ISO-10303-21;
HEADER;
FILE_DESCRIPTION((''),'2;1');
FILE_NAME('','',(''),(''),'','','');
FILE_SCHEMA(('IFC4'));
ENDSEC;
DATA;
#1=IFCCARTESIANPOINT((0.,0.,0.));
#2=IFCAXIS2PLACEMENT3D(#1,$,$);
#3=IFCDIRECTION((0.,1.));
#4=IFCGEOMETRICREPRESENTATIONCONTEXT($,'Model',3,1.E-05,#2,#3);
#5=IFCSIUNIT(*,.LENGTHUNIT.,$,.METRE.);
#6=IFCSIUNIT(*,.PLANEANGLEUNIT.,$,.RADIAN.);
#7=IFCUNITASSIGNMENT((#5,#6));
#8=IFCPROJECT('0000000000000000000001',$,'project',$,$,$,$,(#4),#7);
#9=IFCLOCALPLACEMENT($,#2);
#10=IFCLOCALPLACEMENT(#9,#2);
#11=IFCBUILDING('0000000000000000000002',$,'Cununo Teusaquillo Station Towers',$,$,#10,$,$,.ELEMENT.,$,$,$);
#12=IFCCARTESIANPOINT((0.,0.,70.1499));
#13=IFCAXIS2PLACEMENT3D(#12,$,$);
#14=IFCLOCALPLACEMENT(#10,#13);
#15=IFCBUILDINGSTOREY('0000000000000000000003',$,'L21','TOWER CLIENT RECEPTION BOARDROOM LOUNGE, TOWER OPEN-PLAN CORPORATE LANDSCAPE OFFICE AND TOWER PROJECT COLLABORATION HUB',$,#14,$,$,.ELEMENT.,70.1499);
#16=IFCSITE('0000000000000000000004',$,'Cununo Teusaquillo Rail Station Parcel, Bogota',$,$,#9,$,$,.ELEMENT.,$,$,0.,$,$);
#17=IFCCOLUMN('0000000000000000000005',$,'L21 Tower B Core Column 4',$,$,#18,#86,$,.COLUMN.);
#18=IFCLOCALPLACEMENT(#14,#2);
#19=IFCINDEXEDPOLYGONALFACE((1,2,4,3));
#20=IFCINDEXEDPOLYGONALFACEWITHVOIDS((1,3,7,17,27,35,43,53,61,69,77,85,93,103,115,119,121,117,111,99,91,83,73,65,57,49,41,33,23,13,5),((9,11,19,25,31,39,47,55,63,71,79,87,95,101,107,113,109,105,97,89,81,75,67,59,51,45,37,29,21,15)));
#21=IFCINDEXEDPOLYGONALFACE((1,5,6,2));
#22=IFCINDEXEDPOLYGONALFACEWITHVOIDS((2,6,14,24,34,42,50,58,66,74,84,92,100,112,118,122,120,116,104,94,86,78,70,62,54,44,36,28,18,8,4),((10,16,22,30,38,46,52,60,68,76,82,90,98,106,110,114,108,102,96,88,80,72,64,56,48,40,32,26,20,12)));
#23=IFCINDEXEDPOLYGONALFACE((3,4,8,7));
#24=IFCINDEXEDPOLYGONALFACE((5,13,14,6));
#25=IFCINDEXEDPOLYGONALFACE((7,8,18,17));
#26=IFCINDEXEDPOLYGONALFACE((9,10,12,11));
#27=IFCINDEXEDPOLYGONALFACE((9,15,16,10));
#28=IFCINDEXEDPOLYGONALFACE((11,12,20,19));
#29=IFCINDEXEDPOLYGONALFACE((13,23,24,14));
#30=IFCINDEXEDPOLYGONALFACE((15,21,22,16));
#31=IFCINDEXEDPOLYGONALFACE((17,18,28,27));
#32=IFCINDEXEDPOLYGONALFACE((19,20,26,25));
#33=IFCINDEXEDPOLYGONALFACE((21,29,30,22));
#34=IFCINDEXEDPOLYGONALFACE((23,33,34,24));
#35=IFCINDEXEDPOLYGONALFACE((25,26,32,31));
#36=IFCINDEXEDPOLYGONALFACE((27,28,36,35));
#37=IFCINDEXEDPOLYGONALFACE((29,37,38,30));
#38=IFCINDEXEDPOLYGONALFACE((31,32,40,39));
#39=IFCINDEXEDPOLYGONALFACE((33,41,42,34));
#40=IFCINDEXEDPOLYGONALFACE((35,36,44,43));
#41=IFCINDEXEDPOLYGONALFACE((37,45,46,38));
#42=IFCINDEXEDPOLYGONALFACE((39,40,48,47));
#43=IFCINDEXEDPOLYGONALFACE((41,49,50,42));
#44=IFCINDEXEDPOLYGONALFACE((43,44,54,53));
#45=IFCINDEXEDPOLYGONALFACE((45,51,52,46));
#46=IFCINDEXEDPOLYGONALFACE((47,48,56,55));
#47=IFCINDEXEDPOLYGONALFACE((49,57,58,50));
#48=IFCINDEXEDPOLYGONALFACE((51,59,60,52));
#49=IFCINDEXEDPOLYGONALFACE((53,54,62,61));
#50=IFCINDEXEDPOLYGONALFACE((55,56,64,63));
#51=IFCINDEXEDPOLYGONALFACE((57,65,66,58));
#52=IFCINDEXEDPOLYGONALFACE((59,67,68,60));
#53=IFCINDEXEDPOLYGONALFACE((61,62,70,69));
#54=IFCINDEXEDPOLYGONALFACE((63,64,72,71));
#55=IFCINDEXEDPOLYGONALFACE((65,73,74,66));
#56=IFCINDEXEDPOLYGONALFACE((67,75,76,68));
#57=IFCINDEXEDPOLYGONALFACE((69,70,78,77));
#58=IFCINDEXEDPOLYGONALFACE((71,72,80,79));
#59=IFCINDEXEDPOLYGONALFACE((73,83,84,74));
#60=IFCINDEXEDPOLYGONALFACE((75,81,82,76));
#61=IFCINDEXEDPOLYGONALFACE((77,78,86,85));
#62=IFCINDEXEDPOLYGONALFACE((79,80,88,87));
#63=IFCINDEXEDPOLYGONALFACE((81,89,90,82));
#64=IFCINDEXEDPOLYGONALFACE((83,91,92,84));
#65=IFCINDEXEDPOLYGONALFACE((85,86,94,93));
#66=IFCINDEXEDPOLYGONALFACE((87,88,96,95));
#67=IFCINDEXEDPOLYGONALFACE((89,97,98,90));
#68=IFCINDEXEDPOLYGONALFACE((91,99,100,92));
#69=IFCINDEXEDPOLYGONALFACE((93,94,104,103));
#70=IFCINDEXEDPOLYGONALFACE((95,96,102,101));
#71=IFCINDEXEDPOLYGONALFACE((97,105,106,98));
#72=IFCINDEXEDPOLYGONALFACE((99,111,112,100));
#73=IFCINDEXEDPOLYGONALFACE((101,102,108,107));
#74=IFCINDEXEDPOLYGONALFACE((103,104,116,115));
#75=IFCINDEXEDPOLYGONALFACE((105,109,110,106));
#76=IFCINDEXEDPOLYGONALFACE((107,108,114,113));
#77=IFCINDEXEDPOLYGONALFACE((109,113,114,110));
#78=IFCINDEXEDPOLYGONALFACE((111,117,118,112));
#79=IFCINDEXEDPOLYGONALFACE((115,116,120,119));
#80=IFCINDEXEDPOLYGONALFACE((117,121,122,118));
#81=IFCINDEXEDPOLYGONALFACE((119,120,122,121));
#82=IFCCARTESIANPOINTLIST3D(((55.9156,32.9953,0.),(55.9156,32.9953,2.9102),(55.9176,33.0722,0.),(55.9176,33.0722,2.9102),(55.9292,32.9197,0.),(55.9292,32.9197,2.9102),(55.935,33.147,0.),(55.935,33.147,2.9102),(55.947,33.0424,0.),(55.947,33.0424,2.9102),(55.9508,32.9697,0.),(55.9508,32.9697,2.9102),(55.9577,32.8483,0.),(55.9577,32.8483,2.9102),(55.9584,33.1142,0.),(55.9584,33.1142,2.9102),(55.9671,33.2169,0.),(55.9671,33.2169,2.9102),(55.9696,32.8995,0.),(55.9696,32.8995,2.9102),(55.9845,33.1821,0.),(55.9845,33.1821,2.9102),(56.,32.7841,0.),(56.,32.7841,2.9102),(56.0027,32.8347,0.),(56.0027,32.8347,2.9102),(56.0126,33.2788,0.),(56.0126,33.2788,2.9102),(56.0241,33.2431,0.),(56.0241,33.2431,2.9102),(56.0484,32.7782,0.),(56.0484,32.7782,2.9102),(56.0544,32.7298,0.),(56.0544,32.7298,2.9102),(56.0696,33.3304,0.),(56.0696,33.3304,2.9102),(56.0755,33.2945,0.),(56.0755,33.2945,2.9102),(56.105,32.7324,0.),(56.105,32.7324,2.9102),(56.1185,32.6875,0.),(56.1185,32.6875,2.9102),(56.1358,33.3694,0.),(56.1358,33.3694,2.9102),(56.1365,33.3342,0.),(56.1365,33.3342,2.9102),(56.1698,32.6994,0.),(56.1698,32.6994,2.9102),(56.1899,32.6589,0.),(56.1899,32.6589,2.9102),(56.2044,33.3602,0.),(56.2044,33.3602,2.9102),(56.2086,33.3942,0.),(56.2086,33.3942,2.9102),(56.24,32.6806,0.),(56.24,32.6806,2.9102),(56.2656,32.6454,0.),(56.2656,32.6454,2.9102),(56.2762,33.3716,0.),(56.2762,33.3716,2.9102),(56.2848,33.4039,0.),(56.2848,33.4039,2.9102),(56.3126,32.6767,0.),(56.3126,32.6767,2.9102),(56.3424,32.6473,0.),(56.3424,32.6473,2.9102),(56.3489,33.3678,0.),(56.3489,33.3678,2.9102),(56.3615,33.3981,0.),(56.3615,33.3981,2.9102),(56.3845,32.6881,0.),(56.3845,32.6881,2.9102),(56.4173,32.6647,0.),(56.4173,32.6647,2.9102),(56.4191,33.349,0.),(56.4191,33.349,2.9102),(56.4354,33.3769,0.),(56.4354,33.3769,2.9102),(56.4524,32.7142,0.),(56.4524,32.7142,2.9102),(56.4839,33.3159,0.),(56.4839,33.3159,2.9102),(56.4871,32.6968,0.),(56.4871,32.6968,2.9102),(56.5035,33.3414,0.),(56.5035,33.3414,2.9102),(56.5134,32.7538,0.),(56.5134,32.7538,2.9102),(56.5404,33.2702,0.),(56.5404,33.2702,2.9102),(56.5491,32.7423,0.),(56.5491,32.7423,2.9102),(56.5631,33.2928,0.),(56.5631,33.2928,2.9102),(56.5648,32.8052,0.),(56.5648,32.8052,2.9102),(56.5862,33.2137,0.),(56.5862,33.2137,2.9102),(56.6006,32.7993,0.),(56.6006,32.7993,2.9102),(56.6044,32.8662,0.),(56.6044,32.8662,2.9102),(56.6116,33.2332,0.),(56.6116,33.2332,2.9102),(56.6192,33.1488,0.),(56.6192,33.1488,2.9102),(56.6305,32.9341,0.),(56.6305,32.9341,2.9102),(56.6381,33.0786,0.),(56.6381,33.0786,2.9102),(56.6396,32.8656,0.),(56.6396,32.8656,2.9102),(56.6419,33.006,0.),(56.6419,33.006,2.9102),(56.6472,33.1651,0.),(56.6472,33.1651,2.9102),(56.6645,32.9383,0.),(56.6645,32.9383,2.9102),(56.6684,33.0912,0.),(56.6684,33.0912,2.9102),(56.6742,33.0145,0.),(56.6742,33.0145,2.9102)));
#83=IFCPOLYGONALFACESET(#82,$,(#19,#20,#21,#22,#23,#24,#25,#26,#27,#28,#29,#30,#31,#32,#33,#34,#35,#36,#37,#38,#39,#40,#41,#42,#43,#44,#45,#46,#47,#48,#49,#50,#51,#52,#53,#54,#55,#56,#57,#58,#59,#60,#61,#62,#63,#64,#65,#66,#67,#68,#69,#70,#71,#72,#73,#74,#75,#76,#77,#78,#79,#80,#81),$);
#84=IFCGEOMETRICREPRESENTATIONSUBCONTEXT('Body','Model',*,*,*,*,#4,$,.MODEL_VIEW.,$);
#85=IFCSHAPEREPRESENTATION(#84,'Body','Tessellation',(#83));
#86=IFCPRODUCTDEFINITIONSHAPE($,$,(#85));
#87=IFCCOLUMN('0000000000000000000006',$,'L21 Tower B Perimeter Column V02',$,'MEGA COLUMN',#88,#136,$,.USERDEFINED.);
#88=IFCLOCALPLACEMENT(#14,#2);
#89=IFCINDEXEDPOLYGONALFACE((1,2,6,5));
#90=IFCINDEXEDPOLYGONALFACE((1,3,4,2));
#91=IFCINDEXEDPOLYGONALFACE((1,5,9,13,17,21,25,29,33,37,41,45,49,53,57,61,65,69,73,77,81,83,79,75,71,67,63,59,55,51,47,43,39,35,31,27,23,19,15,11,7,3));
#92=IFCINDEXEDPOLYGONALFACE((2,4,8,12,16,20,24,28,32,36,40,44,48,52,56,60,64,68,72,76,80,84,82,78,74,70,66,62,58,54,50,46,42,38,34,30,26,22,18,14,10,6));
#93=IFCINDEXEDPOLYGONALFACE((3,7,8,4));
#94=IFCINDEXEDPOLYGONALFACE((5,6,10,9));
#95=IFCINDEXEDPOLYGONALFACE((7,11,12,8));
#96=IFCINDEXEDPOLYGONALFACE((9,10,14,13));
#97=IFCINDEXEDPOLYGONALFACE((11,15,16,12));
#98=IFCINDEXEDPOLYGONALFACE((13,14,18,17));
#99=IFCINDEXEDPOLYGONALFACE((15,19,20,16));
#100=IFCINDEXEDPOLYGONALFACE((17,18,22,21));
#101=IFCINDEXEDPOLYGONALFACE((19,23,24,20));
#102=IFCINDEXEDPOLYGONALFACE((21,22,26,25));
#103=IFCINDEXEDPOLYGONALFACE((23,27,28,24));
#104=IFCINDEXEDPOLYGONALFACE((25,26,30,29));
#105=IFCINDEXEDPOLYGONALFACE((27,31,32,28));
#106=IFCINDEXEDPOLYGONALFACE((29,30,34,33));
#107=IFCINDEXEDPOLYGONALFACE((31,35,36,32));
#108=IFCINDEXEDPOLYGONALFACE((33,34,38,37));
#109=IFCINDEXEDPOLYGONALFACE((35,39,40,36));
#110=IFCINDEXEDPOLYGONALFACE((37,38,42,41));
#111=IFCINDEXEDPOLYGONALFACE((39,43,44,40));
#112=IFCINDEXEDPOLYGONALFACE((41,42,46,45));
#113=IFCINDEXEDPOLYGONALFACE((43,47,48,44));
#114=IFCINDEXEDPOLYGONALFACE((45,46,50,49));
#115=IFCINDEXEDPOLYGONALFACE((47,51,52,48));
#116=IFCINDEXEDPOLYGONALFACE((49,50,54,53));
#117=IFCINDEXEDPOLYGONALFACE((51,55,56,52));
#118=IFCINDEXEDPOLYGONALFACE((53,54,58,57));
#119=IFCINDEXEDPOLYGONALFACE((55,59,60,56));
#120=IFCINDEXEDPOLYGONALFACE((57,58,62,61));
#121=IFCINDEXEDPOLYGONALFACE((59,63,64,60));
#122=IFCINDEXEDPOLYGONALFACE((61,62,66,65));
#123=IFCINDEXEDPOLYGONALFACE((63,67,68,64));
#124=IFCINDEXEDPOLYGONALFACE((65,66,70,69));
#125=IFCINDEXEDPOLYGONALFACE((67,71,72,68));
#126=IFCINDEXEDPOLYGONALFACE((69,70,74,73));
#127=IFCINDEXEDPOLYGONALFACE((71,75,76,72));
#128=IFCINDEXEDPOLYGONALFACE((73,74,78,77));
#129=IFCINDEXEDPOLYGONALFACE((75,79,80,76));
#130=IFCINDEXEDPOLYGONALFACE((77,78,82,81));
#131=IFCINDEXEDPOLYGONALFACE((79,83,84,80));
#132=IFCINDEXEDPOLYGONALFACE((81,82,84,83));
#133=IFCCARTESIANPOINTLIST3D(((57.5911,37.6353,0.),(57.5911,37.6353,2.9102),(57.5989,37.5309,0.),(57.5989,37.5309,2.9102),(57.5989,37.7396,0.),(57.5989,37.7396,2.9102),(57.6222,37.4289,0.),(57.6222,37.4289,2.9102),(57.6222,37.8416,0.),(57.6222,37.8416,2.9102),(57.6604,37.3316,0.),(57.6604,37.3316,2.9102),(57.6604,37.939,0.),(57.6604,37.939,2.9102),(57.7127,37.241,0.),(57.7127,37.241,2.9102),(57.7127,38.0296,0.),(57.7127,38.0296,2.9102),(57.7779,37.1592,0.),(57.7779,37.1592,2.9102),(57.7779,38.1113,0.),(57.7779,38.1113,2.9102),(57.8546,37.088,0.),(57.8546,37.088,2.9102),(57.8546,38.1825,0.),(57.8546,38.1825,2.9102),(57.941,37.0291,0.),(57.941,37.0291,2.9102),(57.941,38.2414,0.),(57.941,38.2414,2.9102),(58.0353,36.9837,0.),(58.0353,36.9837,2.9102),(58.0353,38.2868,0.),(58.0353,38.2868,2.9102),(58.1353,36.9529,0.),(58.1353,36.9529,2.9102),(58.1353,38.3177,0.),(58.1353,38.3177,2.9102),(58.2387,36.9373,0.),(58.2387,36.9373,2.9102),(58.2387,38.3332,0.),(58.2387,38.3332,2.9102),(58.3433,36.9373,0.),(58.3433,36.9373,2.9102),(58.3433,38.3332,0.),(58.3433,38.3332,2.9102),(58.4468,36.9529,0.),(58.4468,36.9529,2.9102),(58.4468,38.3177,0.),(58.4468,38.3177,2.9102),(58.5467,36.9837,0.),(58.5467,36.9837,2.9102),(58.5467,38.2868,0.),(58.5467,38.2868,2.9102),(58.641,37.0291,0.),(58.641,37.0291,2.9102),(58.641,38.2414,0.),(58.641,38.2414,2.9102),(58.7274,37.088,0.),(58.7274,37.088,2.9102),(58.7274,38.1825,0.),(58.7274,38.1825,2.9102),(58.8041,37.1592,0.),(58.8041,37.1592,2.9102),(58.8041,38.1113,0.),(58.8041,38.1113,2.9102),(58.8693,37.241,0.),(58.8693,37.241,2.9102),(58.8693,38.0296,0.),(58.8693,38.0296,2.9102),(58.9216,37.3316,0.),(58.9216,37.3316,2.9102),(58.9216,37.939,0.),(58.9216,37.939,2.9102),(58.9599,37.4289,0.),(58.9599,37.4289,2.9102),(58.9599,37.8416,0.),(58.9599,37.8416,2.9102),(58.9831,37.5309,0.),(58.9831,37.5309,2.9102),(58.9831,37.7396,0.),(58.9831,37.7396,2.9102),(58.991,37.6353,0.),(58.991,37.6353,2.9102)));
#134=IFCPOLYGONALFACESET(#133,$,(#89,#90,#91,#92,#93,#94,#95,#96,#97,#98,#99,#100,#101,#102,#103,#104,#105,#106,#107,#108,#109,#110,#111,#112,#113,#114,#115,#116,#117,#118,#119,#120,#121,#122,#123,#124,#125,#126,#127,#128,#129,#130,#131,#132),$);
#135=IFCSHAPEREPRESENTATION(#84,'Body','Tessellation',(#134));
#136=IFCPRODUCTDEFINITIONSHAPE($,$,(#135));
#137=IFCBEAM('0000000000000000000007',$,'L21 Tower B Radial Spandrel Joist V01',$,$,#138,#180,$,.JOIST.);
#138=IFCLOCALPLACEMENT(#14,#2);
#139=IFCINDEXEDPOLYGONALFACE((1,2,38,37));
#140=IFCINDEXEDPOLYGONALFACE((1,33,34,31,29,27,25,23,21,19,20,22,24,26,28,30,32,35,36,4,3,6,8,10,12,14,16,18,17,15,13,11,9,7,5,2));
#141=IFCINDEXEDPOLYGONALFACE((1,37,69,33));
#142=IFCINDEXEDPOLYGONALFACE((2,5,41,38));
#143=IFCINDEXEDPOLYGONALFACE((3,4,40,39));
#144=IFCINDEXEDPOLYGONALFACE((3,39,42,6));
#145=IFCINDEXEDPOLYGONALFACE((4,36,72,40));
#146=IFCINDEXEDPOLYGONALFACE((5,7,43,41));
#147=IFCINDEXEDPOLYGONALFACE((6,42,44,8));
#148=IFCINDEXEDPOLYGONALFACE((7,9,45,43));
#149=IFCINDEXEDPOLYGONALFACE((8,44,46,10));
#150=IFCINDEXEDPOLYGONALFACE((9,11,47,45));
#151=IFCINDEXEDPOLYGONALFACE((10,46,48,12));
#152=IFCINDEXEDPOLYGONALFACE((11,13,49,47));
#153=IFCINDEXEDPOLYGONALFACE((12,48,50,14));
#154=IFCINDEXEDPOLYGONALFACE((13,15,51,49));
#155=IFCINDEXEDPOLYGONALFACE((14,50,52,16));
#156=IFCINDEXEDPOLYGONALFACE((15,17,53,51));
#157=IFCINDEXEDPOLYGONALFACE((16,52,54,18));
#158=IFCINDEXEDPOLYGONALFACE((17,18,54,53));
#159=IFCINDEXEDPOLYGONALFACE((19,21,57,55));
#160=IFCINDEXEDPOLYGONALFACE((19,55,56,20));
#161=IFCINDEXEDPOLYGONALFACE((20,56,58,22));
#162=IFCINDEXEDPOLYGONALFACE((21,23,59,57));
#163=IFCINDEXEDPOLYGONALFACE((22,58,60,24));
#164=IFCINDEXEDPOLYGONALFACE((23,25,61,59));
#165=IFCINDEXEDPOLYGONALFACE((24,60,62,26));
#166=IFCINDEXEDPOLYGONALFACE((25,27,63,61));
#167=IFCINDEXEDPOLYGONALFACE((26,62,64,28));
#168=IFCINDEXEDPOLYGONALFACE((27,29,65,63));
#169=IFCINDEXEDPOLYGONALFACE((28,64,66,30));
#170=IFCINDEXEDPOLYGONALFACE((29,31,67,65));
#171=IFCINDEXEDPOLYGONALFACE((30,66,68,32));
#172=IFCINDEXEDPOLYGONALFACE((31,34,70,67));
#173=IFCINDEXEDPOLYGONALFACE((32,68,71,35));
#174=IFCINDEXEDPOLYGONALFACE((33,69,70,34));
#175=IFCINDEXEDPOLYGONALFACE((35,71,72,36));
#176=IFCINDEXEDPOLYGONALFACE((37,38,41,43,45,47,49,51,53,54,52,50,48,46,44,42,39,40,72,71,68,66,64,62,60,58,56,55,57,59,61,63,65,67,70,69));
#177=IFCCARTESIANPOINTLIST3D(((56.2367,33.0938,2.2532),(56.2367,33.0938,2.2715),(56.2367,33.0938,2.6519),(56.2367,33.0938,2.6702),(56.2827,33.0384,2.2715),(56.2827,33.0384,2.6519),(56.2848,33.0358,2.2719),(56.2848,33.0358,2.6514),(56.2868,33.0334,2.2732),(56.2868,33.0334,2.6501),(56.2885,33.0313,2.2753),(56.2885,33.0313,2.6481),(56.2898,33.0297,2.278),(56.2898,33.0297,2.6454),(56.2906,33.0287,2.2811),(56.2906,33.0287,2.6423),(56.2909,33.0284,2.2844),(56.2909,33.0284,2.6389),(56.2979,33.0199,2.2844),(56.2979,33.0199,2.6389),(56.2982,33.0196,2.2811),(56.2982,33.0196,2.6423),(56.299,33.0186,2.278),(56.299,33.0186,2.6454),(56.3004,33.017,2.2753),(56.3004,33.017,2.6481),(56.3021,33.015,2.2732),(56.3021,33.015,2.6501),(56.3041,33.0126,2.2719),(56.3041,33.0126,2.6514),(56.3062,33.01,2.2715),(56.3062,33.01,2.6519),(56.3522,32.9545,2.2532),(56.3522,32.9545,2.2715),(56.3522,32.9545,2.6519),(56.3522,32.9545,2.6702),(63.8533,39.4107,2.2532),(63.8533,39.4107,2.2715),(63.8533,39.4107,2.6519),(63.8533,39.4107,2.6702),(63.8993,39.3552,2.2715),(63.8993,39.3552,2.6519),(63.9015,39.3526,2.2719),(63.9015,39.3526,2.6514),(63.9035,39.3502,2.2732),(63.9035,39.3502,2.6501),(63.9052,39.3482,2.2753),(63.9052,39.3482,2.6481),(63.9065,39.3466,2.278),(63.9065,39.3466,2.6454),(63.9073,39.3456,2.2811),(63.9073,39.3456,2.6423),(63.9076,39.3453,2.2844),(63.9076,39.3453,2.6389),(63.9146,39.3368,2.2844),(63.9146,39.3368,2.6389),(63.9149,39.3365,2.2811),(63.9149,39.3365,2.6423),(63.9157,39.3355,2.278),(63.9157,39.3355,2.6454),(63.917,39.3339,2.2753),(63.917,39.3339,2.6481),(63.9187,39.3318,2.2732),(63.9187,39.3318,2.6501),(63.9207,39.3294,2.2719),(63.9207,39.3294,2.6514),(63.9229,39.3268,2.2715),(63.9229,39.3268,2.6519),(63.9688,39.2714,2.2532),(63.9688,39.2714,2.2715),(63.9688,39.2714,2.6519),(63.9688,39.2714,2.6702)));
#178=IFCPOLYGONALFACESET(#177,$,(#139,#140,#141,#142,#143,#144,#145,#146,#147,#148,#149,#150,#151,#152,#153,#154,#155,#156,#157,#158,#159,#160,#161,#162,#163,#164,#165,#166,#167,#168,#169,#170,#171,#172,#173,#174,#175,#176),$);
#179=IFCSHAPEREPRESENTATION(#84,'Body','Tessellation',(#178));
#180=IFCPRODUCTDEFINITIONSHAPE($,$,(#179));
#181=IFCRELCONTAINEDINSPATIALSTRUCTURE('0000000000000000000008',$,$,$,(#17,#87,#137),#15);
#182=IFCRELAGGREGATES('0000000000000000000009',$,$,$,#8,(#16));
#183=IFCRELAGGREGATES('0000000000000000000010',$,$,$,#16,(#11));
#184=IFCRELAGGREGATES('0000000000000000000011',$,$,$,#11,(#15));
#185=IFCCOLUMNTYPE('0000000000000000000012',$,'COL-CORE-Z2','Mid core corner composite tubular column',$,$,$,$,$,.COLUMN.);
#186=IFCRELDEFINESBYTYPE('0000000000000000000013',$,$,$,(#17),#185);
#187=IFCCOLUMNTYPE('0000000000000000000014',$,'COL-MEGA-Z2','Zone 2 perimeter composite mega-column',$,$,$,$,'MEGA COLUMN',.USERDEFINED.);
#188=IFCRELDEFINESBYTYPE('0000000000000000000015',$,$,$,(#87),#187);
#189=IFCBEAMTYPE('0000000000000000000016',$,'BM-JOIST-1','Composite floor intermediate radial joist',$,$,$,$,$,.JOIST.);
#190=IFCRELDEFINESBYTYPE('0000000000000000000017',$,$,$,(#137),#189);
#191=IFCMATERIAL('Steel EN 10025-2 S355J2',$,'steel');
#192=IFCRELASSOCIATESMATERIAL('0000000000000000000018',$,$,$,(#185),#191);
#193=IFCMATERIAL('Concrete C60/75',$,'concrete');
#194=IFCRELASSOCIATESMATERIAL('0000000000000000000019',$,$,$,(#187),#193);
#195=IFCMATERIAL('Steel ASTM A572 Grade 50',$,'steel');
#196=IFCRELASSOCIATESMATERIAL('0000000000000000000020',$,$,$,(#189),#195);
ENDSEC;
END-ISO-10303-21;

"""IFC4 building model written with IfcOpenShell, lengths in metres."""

from ifc_helpers import new_model, si_unit, direction, frame, origin, origin_2d, place, context, subcontext, project, spatial, circle, hollow_circle, i_section, extrude, material, material_profile, profile_set, type_object, element, save


model = new_model("IFC4")

# Units and contexts
model_context = context("Model", 3, precision=1e-05, world=origin(), true_north=direction((0.0, 1.0)))
body_context = subcontext(model_context, "Body", "Model", "MODEL_VIEW")
ifc_project = project(units=[si_unit("LENGTHUNIT", "METRE"), si_unit("PLANEANGLEUNIT", "RADIAN")], contexts=[model_context])

# Site, building, storey
site_placement = place(None, origin())
site = spatial("IfcSite", under=ifc_project, at=site_placement, Name="Cununo Teusaquillo Rail Station Parcel, Bogota", CompositionType="ELEMENT", RefElevation=0.0)
building_placement = place(site_placement, origin())
building = spatial("IfcBuilding", under=site, at=building_placement, Name="Cununo Teusaquillo Station Towers", CompositionType="ELEMENT")
storey_placement = place(building_placement, frame((0.0, 0.0, 70.1499)))
storey = spatial("IfcBuildingStorey", under=building, at=storey_placement, Name="L21", Description="TOWER CLIENT RECEPTION BOARDROOM LOUNGE, TOWER OPEN-PLAN CORPORATE LANDSCAPE OFFICE AND TOWER PROJECT COLLABORATION HUB", CompositionType="ELEMENT", Elevation=70.1499)

# Columns
ifc_material_1 = material(Name="Steel EN 10025-2 S355J2", Category="steel")
ifc_material_profile_1 = material_profile(ifc_material_1, hollow_circle(Radius=0.3799, WallThickness=0.032, at=origin_2d()), Name="CHS 760x32")
ifc_profile_set_1 = profile_set([ifc_material_profile_1], Name="Steel EN 10025-2 S355J2")
column_type_1 = type_object("IfcColumnType", Name="COL-CORE-Z2", Description="Mid core corner composite tubular column", PredefinedType="COLUMN", material=ifc_profile_set_1)
column_1_placement = place(storey_placement, frame((56.2944, 33.0242, 0.0), z_axis=(0.0, 0.0, 1.0), x_axis=(0.707107, 0.707107, 0.0)))
element("IfcColumn", 1, at=column_1_placement, inside=storey, type_object=column_type_1, Name="L21 Tower B Core Column 4", PredefinedType="COLUMN", context=body_context, shape_type="SweptSolid", body=[
    extrude(hollow_circle(Radius=0.3799, WallThickness=0.032, at=origin_2d()), origin(), (0.0, 0.0, 1.0), 2.9102),
])
ifc_material_2 = material(Name="Concrete C60/75", Category="concrete")
ifc_material_profile_2 = material_profile(ifc_material_2, circle(Radius=0.7, at=origin_2d()), Name="RC-CIRC-1400")
ifc_profile_set_2 = profile_set([ifc_material_profile_2], Name="Concrete C60/75")
column_type_2 = type_object("IfcColumnType", Name="COL-MEGA-Z2", Description="Zone 2 perimeter composite mega-column", ElementType="MEGA COLUMN", PredefinedType="USERDEFINED", material=ifc_profile_set_2)
column_2_placement = place(storey_placement, frame((58.291, 37.6353, 0.0), z_axis=(0.0, 0.0, 1.0), x_axis=(1.0, 0.0, 0.0)))
element("IfcColumn", 2, at=column_2_placement, inside=storey, type_object=column_type_2, Name="L21 Tower B Perimeter Column V02", ObjectType="MEGA COLUMN", PredefinedType="USERDEFINED", context=body_context, shape_type="SweptSolid", body=[
    extrude(circle(Radius=0.7, at=origin_2d()), origin(), (0.0, 0.0, 1.0), 2.9102),
])

# Beam
ifc_material_3 = material(Name="Steel ASTM A572 Grade 50", Category="steel")
ifc_material_profile_3 = material_profile(ifc_material_3, i_section(OverallWidth=0.1809, OverallDepth=0.417, WebThickness=0.011, FlangeThickness=0.0183, FilletRadius=0.0129, at=origin_2d()), Name="W16X57")
ifc_profile_set_3 = profile_set([ifc_material_profile_3], Name="Steel ASTM A572 Grade 50")
beam_type_1 = type_object("IfcBeamType", Name="BM-JOIST-1", Description="Composite floor intermediate radial joist", PredefinedType="JOIST", material=ifc_profile_set_3)
beam_1_placement = place(storey_placement, frame((56.2944, 33.0242, 2.4617), z_axis=(0.769728, 0.638372, 0.0), x_axis=(-0.638372, 0.769728, 0.0)))
element("IfcBeam", 3, at=beam_1_placement, inside=storey, type_object=beam_type_1, Name="L21 Tower B Radial Spandrel Joist V01", PredefinedType="JOIST", context=body_context, shape_type="SweptSolid", body=[
    extrude(i_section(OverallWidth=0.1809, OverallDepth=0.417, WebThickness=0.011, FlangeThickness=0.0183, FilletRadius=0.0129, at=origin_2d()), origin(), (0.0, 0.0, 1.0), 9.8953),
])

save(model, "model.ifc")
